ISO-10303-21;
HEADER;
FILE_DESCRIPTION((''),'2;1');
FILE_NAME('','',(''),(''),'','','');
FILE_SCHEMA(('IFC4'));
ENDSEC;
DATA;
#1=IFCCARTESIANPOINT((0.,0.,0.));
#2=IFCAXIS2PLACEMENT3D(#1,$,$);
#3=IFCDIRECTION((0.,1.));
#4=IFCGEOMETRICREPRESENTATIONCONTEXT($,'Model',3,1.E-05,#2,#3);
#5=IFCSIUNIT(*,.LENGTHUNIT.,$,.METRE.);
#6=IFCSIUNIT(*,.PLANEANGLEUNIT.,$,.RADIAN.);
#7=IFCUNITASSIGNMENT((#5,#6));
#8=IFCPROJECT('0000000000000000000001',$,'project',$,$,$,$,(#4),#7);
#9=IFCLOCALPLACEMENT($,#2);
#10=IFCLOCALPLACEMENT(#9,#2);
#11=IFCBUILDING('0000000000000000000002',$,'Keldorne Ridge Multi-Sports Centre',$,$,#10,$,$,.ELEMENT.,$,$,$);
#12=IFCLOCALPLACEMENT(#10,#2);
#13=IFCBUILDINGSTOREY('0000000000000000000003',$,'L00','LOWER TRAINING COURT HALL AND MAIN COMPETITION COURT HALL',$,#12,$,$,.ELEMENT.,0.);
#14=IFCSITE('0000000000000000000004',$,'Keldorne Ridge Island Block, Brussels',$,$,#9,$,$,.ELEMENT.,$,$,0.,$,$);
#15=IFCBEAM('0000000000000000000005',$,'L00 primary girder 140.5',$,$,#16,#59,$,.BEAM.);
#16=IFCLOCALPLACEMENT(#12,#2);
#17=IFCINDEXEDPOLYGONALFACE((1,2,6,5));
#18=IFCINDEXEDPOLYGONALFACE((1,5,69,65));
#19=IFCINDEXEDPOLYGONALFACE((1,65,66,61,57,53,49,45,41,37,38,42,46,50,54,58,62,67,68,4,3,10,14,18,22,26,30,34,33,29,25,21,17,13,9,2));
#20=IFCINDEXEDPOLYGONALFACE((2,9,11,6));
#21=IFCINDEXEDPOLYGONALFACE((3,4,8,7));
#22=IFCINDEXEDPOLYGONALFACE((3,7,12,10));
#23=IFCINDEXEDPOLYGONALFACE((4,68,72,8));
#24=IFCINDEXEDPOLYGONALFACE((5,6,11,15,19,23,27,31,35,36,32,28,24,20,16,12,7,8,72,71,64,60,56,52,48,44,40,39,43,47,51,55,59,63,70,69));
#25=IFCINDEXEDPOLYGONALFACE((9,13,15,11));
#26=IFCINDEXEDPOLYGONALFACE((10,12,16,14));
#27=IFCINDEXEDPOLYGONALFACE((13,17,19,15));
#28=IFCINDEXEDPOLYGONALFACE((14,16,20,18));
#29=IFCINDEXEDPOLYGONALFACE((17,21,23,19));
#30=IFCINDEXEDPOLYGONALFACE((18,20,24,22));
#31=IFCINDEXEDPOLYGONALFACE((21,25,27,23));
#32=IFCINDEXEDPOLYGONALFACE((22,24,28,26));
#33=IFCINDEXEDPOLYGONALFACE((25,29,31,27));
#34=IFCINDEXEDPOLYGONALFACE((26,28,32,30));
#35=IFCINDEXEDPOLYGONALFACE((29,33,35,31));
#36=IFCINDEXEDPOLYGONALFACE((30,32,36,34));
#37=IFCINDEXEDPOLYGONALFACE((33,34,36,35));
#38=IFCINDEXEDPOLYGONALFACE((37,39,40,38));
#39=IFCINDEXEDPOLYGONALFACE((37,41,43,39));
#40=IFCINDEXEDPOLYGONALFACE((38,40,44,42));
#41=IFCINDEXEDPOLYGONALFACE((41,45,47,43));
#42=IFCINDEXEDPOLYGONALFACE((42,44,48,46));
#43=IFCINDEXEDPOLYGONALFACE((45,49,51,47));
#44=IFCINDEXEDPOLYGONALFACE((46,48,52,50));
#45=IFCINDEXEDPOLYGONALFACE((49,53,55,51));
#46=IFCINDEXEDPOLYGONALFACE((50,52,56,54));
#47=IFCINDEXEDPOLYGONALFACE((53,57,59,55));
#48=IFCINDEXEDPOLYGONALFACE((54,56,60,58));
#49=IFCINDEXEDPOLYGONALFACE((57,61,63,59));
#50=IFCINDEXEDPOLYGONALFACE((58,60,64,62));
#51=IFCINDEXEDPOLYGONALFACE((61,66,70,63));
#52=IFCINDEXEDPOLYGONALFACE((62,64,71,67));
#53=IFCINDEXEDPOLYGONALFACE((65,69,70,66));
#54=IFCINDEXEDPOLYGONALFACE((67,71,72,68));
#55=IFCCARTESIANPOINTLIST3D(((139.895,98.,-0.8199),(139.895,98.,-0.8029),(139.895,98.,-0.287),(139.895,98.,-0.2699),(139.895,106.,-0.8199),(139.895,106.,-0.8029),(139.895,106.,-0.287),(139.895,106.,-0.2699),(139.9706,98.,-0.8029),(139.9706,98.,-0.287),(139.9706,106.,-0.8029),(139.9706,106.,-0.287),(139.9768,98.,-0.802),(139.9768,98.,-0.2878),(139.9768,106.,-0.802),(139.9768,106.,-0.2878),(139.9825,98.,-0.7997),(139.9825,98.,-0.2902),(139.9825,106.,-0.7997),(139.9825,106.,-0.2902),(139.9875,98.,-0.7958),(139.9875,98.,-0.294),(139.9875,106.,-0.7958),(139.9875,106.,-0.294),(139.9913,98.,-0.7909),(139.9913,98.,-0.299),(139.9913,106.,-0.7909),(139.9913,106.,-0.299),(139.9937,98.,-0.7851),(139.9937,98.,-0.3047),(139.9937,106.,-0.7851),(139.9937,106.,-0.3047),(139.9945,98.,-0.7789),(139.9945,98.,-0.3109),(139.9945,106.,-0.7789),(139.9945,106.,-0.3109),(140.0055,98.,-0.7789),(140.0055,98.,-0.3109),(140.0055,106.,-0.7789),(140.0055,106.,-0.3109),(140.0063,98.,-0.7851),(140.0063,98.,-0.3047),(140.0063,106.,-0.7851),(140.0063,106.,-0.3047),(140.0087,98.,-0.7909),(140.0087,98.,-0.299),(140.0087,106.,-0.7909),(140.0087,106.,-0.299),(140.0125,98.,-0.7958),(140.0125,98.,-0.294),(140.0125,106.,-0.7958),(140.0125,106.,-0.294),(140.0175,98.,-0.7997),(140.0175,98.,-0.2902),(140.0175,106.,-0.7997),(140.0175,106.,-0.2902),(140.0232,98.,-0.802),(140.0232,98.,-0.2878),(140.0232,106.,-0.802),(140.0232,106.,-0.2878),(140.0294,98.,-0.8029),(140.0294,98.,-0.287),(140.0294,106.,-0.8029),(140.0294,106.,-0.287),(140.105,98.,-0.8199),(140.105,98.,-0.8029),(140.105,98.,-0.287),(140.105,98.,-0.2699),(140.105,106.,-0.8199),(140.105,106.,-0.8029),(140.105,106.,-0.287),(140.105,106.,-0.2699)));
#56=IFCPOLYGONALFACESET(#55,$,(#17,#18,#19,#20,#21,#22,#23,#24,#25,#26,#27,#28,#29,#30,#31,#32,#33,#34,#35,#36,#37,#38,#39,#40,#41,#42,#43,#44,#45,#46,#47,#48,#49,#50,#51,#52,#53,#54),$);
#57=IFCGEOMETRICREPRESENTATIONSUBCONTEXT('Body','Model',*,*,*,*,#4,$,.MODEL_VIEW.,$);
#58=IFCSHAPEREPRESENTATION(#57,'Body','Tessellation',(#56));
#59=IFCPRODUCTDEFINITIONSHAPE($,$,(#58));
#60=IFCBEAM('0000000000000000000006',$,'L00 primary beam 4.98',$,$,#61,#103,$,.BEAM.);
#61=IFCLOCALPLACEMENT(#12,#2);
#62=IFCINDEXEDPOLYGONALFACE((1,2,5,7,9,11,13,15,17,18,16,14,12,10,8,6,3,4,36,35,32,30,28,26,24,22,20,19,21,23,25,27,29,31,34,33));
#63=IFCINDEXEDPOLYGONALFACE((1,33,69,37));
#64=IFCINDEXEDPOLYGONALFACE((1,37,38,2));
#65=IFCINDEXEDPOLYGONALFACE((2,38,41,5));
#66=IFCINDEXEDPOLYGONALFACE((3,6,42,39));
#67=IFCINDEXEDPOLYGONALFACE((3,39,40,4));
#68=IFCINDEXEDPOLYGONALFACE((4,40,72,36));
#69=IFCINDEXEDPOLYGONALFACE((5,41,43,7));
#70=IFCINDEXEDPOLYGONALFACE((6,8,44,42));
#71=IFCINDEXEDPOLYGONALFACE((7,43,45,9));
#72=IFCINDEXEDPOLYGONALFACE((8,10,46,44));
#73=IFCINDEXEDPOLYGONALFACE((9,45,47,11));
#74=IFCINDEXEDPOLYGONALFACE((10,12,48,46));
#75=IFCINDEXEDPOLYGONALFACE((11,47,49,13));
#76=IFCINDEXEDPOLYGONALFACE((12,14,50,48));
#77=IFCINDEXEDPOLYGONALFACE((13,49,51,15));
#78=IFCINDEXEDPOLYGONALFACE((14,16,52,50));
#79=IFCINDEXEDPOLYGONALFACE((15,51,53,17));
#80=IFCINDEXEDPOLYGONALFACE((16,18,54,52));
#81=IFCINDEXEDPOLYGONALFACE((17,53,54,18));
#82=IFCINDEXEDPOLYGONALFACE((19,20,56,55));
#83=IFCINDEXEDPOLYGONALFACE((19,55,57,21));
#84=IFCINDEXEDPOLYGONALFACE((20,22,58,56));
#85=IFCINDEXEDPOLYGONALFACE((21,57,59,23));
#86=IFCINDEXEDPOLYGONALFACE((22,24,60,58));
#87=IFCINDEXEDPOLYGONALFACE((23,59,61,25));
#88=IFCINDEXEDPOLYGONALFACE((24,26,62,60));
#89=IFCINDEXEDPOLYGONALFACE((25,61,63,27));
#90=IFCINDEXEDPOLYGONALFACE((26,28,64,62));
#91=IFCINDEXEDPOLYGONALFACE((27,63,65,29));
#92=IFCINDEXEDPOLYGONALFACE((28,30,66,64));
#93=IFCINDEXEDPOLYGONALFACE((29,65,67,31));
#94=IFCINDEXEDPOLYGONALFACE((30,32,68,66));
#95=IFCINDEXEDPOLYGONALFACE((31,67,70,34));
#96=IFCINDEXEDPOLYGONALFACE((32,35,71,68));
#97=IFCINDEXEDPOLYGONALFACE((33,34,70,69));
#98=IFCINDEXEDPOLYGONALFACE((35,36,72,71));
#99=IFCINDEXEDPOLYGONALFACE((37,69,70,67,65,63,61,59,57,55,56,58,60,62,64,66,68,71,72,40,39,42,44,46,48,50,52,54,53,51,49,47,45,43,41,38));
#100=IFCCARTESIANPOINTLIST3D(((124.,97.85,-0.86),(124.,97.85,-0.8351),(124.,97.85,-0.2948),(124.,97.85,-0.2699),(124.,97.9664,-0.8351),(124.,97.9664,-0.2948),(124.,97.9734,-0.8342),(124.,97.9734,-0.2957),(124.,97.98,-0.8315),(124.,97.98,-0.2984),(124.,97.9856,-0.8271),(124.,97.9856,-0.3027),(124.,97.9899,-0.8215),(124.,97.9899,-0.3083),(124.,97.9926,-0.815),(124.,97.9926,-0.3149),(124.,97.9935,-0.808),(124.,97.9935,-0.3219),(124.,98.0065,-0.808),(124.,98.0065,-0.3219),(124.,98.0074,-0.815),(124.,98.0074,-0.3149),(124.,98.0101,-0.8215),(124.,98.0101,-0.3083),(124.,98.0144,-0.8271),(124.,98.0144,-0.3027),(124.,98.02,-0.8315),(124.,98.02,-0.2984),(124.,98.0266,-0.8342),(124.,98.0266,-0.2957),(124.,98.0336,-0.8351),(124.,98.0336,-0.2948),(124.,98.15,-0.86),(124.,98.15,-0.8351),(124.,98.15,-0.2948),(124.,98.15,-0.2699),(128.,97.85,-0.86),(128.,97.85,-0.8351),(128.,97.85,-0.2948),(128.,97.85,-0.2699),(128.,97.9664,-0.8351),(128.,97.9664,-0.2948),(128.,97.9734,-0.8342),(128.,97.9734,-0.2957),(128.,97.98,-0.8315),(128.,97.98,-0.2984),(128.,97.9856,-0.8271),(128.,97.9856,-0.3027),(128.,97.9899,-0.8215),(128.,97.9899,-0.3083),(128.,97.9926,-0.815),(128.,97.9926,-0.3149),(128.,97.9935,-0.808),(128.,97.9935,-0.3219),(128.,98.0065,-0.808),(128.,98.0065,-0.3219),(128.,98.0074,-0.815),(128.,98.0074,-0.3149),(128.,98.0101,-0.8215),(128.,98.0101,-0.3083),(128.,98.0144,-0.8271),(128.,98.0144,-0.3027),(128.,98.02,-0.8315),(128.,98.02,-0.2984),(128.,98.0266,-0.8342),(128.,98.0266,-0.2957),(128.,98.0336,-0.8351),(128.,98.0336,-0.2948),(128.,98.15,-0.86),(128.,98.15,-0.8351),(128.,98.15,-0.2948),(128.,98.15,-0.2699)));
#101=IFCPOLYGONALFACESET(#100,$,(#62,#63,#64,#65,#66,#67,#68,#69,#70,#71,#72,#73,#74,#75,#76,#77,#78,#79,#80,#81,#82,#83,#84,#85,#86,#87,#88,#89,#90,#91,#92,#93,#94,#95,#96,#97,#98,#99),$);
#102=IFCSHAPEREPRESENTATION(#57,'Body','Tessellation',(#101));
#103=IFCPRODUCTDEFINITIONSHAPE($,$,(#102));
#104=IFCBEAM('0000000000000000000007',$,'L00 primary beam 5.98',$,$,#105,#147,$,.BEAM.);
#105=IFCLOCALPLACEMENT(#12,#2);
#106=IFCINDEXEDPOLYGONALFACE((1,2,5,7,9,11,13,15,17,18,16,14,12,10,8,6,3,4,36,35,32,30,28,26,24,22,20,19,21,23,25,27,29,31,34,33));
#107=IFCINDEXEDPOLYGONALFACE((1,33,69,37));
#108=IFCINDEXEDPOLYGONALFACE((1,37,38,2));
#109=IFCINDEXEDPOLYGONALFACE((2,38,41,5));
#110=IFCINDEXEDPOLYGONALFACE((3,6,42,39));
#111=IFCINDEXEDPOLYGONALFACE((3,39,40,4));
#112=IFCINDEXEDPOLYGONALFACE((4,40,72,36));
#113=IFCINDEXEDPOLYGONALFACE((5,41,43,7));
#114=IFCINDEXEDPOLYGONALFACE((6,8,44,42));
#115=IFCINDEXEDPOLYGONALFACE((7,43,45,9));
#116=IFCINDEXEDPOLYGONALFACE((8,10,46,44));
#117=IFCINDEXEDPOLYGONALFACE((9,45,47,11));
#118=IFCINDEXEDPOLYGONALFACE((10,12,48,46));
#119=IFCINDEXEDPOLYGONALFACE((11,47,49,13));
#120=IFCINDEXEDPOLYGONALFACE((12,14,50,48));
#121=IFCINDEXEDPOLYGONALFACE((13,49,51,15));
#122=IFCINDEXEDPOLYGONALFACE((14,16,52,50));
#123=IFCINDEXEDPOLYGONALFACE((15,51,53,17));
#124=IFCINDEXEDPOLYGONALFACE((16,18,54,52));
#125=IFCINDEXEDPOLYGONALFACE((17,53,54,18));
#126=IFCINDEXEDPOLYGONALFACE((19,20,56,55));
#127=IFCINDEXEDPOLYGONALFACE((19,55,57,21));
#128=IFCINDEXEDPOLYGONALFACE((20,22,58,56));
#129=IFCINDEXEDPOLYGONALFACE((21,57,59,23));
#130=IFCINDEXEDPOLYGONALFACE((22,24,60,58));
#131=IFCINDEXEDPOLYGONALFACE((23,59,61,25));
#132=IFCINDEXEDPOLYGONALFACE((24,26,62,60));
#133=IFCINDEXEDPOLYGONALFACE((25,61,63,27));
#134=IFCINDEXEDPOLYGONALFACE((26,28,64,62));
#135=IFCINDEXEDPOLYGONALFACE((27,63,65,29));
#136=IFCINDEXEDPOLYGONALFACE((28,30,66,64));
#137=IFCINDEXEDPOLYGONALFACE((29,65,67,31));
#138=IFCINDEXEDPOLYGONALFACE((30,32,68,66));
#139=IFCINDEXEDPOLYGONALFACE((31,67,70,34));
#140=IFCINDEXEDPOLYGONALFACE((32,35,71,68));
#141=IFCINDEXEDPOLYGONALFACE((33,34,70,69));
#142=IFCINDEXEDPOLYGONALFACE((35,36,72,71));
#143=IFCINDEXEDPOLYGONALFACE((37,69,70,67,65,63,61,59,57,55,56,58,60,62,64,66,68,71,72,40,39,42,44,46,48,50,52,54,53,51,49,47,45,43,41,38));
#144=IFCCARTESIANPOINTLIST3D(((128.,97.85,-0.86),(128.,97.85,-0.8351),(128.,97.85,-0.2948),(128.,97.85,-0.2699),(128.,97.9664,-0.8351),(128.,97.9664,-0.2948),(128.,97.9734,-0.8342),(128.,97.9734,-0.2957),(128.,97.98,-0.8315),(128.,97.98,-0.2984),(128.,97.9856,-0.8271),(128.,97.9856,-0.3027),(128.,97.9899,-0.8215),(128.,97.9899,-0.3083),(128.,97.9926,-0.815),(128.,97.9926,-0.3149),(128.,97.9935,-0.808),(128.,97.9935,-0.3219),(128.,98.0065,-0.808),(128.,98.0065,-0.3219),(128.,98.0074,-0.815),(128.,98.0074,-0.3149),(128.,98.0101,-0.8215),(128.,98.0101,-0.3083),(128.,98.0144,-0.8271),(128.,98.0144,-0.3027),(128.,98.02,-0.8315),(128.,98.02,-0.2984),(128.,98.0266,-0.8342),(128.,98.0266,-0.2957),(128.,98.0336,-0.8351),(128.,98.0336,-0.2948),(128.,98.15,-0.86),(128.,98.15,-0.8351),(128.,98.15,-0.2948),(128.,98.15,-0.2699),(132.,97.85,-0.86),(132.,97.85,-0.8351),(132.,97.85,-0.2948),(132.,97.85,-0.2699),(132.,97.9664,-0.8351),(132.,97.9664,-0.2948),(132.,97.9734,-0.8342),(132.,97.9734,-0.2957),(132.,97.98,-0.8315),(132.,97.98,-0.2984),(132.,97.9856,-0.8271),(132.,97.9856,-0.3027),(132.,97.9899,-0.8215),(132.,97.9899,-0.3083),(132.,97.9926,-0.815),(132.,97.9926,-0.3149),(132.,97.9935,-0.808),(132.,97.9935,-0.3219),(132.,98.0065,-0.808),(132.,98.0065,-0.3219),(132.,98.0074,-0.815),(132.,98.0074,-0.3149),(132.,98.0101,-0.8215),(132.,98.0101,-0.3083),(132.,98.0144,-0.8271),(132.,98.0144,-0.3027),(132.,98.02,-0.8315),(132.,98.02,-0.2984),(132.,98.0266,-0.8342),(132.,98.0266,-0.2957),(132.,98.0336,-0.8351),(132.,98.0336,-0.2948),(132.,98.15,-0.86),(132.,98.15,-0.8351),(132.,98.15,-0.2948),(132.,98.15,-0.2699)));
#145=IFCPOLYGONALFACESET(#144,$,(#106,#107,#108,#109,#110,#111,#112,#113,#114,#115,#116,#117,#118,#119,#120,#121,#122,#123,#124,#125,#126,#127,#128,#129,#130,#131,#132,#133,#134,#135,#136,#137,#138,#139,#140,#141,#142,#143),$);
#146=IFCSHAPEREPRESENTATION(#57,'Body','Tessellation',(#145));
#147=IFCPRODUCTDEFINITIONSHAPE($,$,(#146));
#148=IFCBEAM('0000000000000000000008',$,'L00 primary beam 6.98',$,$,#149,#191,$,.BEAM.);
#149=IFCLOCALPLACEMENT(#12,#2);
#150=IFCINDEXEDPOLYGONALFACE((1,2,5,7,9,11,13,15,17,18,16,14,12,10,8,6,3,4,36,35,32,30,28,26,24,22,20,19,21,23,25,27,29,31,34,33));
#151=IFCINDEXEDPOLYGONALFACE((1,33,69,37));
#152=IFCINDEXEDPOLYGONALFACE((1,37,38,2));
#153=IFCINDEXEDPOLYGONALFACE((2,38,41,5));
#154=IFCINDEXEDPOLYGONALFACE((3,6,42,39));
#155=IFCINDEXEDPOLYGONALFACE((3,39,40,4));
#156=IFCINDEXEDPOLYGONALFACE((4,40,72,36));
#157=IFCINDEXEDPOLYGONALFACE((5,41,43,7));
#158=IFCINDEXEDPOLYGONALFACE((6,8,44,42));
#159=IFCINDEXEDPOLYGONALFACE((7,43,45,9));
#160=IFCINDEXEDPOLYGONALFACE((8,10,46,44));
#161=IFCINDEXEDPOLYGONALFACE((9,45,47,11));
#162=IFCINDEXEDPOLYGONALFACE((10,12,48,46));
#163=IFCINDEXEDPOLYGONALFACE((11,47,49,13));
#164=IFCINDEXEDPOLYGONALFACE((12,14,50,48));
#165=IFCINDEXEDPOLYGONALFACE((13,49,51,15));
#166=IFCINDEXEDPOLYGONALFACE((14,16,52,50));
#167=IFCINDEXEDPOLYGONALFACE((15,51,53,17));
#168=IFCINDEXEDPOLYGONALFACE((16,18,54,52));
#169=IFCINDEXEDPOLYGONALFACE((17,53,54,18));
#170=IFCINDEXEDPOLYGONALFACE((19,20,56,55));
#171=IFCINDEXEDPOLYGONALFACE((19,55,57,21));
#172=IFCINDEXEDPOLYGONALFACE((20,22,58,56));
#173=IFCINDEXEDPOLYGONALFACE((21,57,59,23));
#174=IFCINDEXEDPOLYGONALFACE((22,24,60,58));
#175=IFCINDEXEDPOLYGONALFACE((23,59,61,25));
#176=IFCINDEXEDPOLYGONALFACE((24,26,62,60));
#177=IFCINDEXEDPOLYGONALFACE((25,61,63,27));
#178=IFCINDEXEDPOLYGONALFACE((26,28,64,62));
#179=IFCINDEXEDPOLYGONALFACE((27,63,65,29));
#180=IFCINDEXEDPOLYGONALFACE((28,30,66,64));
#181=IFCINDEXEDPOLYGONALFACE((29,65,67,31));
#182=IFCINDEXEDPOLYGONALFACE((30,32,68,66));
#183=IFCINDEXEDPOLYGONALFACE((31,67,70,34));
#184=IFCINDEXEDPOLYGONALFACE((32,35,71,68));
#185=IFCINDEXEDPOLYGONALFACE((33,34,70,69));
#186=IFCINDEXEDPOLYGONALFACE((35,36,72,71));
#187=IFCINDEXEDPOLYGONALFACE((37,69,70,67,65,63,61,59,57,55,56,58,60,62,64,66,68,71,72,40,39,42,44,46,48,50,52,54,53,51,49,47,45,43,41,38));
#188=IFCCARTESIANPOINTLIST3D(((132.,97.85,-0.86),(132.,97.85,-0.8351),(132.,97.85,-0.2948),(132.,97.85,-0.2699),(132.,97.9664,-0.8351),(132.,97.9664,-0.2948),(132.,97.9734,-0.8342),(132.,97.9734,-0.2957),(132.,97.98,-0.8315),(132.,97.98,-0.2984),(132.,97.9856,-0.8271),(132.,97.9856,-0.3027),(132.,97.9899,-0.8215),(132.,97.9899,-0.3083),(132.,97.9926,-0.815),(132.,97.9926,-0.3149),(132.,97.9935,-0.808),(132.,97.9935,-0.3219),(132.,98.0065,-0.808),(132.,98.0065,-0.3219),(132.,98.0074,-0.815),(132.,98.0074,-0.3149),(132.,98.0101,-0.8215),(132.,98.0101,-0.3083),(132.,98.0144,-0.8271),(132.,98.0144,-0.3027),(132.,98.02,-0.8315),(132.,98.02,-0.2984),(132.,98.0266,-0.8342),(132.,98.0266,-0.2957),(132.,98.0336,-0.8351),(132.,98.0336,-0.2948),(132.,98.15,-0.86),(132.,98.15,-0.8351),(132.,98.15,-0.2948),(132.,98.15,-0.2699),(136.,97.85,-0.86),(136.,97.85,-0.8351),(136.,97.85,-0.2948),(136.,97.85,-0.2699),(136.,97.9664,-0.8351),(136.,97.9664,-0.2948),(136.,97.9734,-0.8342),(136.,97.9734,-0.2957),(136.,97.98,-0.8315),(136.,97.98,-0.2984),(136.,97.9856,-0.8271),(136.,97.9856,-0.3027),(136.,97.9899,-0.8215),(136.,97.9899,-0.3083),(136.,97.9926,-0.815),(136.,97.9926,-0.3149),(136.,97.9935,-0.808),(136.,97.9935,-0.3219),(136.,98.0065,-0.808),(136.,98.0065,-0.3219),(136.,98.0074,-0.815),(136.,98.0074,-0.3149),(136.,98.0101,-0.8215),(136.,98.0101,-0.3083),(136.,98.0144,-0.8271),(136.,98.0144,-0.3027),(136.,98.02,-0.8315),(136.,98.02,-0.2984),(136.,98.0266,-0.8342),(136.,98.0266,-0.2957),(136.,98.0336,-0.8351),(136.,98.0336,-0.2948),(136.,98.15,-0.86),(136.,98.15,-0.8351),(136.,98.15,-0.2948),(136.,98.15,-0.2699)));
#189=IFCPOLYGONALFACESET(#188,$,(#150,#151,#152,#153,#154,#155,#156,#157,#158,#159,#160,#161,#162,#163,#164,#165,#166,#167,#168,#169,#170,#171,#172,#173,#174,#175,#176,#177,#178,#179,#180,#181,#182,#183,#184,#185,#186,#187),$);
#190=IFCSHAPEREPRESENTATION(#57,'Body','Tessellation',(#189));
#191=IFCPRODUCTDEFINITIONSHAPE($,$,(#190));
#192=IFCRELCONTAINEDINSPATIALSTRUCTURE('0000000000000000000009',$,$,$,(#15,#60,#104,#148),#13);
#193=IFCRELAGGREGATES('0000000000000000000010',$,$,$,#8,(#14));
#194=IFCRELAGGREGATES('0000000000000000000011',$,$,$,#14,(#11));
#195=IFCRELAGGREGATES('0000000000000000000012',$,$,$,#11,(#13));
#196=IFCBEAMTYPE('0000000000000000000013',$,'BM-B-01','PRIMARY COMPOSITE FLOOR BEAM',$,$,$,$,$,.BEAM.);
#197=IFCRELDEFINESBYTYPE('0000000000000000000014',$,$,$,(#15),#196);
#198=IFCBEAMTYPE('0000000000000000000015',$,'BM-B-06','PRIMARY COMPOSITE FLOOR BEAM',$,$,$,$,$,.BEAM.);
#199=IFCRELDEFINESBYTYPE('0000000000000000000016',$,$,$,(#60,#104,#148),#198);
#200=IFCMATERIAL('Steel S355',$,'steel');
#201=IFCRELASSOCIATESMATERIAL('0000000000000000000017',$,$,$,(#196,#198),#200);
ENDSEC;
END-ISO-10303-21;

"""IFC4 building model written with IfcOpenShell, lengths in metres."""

from ifc_helpers import new_model, si_unit, direction, frame, origin, origin_2d, place, context, subcontext, project, spatial, i_section, extrude, material, material_profile, profile_set, type_object, element, save


model = new_model("IFC4")

# Units and contexts
model_context = context("Model", 3, precision=1e-05, world=origin(), true_north=direction((0.0, 1.0)))
body_context = subcontext(model_context, "Body", "Model", "MODEL_VIEW")
ifc_project = project(units=[si_unit("LENGTHUNIT", "METRE"), si_unit("PLANEANGLEUNIT", "RADIAN")], contexts=[model_context])

# Site, building, storey
site_placement = place(None, origin())
site = spatial("IfcSite", under=ifc_project, at=site_placement, Name="Keldorne Ridge Island Block, Brussels", CompositionType="ELEMENT", RefElevation=0.0)
building_placement = place(site_placement, origin())
building = spatial("IfcBuilding", under=site, at=building_placement, Name="Keldorne Ridge Multi-Sports Centre", CompositionType="ELEMENT")
storey_placement = place(building_placement, origin())
storey = spatial("IfcBuildingStorey", under=building, at=storey_placement, Name="L00", Description="LOWER TRAINING COURT HALL AND MAIN COMPETITION COURT HALL", CompositionType="ELEMENT", Elevation=0.0)

# Shared definitions
ifc_material_1 = material(Name="Steel S355", Category="steel")

# Beams
ifc_material_profile_1 = material_profile(ifc_material_1, i_section(OverallWidth=0.21, OverallDepth=0.55, WebThickness=0.011, FlangeThickness=0.0171, FilletRadius=0.0239, at=origin_2d()), Name="IPE 550")
ifc_profile_set_1 = profile_set([ifc_material_profile_1], Name="Steel S355")
beam_type_1 = type_object("IfcBeamType", Name="BM-B-01", Description="PRIMARY COMPOSITE FLOOR BEAM", PredefinedType="BEAM", material=ifc_profile_set_1)
beam_1_placement = place(storey_placement, frame((140.0, 98.0, -0.5449), z_axis=(0.0, 1.0, 0.0), x_axis=(-1.0, 0.0, 0.0)))
element("IfcBeam", 1, at=beam_1_placement, inside=storey, type_object=beam_type_1, Name="L00 primary girder 140.5", PredefinedType="BEAM", context=body_context, shape_type="SweptSolid", body=[
    extrude(i_section(OverallWidth=0.21, OverallDepth=0.55, WebThickness=0.011, FlangeThickness=0.0171, FilletRadius=0.0239, at=origin_2d()), origin(), (0.0, 0.0, 1.0), 8.0),
])
ifc_material_profile_2 = material_profile(ifc_material_1, i_section(OverallWidth=0.3, OverallDepth=0.5901, WebThickness=0.0129, FlangeThickness=0.0249, FilletRadius=0.0271, at=origin_2d()), Name="HEA 600")
ifc_profile_set_2 = profile_set([ifc_material_profile_2], Name="Steel S355")
beam_type_2 = type_object("IfcBeamType", Name="BM-B-06", Description="PRIMARY COMPOSITE FLOOR BEAM", PredefinedType="BEAM", material=ifc_profile_set_2)
for number, where, z_axis, x_axis, name in (
    (2, (124.0, 98.0, -0.5649), (1.0, 0.0, 0.0), (0.0, 1.0, 0.0), "L00 primary beam 4.98"),
    (3, (128.0, 98.0, -0.5649), (1.0, 0.0, 0.0), (0.0, 1.0, 0.0), "L00 primary beam 5.98"),
    (4, (132.0, 98.0, -0.5649), (1.0, 0.0, 0.0), (0.0, 1.0, 0.0), "L00 primary beam 6.98"),
):
    element("IfcBeam", number, at=place(storey_placement, frame(where, z_axis=z_axis, x_axis=x_axis)), inside=storey, type_object=beam_type_2, Name=name, PredefinedType="BEAM", context=body_context, shape_type="SweptSolid", body=[
        extrude(i_section(OverallWidth=0.3, OverallDepth=0.5901, WebThickness=0.0129, FlangeThickness=0.0249, FilletRadius=0.0271, at=origin_2d()), origin(), (0.0, 0.0, 1.0), 4.0),
    ])

save(model, "model.ifc")
